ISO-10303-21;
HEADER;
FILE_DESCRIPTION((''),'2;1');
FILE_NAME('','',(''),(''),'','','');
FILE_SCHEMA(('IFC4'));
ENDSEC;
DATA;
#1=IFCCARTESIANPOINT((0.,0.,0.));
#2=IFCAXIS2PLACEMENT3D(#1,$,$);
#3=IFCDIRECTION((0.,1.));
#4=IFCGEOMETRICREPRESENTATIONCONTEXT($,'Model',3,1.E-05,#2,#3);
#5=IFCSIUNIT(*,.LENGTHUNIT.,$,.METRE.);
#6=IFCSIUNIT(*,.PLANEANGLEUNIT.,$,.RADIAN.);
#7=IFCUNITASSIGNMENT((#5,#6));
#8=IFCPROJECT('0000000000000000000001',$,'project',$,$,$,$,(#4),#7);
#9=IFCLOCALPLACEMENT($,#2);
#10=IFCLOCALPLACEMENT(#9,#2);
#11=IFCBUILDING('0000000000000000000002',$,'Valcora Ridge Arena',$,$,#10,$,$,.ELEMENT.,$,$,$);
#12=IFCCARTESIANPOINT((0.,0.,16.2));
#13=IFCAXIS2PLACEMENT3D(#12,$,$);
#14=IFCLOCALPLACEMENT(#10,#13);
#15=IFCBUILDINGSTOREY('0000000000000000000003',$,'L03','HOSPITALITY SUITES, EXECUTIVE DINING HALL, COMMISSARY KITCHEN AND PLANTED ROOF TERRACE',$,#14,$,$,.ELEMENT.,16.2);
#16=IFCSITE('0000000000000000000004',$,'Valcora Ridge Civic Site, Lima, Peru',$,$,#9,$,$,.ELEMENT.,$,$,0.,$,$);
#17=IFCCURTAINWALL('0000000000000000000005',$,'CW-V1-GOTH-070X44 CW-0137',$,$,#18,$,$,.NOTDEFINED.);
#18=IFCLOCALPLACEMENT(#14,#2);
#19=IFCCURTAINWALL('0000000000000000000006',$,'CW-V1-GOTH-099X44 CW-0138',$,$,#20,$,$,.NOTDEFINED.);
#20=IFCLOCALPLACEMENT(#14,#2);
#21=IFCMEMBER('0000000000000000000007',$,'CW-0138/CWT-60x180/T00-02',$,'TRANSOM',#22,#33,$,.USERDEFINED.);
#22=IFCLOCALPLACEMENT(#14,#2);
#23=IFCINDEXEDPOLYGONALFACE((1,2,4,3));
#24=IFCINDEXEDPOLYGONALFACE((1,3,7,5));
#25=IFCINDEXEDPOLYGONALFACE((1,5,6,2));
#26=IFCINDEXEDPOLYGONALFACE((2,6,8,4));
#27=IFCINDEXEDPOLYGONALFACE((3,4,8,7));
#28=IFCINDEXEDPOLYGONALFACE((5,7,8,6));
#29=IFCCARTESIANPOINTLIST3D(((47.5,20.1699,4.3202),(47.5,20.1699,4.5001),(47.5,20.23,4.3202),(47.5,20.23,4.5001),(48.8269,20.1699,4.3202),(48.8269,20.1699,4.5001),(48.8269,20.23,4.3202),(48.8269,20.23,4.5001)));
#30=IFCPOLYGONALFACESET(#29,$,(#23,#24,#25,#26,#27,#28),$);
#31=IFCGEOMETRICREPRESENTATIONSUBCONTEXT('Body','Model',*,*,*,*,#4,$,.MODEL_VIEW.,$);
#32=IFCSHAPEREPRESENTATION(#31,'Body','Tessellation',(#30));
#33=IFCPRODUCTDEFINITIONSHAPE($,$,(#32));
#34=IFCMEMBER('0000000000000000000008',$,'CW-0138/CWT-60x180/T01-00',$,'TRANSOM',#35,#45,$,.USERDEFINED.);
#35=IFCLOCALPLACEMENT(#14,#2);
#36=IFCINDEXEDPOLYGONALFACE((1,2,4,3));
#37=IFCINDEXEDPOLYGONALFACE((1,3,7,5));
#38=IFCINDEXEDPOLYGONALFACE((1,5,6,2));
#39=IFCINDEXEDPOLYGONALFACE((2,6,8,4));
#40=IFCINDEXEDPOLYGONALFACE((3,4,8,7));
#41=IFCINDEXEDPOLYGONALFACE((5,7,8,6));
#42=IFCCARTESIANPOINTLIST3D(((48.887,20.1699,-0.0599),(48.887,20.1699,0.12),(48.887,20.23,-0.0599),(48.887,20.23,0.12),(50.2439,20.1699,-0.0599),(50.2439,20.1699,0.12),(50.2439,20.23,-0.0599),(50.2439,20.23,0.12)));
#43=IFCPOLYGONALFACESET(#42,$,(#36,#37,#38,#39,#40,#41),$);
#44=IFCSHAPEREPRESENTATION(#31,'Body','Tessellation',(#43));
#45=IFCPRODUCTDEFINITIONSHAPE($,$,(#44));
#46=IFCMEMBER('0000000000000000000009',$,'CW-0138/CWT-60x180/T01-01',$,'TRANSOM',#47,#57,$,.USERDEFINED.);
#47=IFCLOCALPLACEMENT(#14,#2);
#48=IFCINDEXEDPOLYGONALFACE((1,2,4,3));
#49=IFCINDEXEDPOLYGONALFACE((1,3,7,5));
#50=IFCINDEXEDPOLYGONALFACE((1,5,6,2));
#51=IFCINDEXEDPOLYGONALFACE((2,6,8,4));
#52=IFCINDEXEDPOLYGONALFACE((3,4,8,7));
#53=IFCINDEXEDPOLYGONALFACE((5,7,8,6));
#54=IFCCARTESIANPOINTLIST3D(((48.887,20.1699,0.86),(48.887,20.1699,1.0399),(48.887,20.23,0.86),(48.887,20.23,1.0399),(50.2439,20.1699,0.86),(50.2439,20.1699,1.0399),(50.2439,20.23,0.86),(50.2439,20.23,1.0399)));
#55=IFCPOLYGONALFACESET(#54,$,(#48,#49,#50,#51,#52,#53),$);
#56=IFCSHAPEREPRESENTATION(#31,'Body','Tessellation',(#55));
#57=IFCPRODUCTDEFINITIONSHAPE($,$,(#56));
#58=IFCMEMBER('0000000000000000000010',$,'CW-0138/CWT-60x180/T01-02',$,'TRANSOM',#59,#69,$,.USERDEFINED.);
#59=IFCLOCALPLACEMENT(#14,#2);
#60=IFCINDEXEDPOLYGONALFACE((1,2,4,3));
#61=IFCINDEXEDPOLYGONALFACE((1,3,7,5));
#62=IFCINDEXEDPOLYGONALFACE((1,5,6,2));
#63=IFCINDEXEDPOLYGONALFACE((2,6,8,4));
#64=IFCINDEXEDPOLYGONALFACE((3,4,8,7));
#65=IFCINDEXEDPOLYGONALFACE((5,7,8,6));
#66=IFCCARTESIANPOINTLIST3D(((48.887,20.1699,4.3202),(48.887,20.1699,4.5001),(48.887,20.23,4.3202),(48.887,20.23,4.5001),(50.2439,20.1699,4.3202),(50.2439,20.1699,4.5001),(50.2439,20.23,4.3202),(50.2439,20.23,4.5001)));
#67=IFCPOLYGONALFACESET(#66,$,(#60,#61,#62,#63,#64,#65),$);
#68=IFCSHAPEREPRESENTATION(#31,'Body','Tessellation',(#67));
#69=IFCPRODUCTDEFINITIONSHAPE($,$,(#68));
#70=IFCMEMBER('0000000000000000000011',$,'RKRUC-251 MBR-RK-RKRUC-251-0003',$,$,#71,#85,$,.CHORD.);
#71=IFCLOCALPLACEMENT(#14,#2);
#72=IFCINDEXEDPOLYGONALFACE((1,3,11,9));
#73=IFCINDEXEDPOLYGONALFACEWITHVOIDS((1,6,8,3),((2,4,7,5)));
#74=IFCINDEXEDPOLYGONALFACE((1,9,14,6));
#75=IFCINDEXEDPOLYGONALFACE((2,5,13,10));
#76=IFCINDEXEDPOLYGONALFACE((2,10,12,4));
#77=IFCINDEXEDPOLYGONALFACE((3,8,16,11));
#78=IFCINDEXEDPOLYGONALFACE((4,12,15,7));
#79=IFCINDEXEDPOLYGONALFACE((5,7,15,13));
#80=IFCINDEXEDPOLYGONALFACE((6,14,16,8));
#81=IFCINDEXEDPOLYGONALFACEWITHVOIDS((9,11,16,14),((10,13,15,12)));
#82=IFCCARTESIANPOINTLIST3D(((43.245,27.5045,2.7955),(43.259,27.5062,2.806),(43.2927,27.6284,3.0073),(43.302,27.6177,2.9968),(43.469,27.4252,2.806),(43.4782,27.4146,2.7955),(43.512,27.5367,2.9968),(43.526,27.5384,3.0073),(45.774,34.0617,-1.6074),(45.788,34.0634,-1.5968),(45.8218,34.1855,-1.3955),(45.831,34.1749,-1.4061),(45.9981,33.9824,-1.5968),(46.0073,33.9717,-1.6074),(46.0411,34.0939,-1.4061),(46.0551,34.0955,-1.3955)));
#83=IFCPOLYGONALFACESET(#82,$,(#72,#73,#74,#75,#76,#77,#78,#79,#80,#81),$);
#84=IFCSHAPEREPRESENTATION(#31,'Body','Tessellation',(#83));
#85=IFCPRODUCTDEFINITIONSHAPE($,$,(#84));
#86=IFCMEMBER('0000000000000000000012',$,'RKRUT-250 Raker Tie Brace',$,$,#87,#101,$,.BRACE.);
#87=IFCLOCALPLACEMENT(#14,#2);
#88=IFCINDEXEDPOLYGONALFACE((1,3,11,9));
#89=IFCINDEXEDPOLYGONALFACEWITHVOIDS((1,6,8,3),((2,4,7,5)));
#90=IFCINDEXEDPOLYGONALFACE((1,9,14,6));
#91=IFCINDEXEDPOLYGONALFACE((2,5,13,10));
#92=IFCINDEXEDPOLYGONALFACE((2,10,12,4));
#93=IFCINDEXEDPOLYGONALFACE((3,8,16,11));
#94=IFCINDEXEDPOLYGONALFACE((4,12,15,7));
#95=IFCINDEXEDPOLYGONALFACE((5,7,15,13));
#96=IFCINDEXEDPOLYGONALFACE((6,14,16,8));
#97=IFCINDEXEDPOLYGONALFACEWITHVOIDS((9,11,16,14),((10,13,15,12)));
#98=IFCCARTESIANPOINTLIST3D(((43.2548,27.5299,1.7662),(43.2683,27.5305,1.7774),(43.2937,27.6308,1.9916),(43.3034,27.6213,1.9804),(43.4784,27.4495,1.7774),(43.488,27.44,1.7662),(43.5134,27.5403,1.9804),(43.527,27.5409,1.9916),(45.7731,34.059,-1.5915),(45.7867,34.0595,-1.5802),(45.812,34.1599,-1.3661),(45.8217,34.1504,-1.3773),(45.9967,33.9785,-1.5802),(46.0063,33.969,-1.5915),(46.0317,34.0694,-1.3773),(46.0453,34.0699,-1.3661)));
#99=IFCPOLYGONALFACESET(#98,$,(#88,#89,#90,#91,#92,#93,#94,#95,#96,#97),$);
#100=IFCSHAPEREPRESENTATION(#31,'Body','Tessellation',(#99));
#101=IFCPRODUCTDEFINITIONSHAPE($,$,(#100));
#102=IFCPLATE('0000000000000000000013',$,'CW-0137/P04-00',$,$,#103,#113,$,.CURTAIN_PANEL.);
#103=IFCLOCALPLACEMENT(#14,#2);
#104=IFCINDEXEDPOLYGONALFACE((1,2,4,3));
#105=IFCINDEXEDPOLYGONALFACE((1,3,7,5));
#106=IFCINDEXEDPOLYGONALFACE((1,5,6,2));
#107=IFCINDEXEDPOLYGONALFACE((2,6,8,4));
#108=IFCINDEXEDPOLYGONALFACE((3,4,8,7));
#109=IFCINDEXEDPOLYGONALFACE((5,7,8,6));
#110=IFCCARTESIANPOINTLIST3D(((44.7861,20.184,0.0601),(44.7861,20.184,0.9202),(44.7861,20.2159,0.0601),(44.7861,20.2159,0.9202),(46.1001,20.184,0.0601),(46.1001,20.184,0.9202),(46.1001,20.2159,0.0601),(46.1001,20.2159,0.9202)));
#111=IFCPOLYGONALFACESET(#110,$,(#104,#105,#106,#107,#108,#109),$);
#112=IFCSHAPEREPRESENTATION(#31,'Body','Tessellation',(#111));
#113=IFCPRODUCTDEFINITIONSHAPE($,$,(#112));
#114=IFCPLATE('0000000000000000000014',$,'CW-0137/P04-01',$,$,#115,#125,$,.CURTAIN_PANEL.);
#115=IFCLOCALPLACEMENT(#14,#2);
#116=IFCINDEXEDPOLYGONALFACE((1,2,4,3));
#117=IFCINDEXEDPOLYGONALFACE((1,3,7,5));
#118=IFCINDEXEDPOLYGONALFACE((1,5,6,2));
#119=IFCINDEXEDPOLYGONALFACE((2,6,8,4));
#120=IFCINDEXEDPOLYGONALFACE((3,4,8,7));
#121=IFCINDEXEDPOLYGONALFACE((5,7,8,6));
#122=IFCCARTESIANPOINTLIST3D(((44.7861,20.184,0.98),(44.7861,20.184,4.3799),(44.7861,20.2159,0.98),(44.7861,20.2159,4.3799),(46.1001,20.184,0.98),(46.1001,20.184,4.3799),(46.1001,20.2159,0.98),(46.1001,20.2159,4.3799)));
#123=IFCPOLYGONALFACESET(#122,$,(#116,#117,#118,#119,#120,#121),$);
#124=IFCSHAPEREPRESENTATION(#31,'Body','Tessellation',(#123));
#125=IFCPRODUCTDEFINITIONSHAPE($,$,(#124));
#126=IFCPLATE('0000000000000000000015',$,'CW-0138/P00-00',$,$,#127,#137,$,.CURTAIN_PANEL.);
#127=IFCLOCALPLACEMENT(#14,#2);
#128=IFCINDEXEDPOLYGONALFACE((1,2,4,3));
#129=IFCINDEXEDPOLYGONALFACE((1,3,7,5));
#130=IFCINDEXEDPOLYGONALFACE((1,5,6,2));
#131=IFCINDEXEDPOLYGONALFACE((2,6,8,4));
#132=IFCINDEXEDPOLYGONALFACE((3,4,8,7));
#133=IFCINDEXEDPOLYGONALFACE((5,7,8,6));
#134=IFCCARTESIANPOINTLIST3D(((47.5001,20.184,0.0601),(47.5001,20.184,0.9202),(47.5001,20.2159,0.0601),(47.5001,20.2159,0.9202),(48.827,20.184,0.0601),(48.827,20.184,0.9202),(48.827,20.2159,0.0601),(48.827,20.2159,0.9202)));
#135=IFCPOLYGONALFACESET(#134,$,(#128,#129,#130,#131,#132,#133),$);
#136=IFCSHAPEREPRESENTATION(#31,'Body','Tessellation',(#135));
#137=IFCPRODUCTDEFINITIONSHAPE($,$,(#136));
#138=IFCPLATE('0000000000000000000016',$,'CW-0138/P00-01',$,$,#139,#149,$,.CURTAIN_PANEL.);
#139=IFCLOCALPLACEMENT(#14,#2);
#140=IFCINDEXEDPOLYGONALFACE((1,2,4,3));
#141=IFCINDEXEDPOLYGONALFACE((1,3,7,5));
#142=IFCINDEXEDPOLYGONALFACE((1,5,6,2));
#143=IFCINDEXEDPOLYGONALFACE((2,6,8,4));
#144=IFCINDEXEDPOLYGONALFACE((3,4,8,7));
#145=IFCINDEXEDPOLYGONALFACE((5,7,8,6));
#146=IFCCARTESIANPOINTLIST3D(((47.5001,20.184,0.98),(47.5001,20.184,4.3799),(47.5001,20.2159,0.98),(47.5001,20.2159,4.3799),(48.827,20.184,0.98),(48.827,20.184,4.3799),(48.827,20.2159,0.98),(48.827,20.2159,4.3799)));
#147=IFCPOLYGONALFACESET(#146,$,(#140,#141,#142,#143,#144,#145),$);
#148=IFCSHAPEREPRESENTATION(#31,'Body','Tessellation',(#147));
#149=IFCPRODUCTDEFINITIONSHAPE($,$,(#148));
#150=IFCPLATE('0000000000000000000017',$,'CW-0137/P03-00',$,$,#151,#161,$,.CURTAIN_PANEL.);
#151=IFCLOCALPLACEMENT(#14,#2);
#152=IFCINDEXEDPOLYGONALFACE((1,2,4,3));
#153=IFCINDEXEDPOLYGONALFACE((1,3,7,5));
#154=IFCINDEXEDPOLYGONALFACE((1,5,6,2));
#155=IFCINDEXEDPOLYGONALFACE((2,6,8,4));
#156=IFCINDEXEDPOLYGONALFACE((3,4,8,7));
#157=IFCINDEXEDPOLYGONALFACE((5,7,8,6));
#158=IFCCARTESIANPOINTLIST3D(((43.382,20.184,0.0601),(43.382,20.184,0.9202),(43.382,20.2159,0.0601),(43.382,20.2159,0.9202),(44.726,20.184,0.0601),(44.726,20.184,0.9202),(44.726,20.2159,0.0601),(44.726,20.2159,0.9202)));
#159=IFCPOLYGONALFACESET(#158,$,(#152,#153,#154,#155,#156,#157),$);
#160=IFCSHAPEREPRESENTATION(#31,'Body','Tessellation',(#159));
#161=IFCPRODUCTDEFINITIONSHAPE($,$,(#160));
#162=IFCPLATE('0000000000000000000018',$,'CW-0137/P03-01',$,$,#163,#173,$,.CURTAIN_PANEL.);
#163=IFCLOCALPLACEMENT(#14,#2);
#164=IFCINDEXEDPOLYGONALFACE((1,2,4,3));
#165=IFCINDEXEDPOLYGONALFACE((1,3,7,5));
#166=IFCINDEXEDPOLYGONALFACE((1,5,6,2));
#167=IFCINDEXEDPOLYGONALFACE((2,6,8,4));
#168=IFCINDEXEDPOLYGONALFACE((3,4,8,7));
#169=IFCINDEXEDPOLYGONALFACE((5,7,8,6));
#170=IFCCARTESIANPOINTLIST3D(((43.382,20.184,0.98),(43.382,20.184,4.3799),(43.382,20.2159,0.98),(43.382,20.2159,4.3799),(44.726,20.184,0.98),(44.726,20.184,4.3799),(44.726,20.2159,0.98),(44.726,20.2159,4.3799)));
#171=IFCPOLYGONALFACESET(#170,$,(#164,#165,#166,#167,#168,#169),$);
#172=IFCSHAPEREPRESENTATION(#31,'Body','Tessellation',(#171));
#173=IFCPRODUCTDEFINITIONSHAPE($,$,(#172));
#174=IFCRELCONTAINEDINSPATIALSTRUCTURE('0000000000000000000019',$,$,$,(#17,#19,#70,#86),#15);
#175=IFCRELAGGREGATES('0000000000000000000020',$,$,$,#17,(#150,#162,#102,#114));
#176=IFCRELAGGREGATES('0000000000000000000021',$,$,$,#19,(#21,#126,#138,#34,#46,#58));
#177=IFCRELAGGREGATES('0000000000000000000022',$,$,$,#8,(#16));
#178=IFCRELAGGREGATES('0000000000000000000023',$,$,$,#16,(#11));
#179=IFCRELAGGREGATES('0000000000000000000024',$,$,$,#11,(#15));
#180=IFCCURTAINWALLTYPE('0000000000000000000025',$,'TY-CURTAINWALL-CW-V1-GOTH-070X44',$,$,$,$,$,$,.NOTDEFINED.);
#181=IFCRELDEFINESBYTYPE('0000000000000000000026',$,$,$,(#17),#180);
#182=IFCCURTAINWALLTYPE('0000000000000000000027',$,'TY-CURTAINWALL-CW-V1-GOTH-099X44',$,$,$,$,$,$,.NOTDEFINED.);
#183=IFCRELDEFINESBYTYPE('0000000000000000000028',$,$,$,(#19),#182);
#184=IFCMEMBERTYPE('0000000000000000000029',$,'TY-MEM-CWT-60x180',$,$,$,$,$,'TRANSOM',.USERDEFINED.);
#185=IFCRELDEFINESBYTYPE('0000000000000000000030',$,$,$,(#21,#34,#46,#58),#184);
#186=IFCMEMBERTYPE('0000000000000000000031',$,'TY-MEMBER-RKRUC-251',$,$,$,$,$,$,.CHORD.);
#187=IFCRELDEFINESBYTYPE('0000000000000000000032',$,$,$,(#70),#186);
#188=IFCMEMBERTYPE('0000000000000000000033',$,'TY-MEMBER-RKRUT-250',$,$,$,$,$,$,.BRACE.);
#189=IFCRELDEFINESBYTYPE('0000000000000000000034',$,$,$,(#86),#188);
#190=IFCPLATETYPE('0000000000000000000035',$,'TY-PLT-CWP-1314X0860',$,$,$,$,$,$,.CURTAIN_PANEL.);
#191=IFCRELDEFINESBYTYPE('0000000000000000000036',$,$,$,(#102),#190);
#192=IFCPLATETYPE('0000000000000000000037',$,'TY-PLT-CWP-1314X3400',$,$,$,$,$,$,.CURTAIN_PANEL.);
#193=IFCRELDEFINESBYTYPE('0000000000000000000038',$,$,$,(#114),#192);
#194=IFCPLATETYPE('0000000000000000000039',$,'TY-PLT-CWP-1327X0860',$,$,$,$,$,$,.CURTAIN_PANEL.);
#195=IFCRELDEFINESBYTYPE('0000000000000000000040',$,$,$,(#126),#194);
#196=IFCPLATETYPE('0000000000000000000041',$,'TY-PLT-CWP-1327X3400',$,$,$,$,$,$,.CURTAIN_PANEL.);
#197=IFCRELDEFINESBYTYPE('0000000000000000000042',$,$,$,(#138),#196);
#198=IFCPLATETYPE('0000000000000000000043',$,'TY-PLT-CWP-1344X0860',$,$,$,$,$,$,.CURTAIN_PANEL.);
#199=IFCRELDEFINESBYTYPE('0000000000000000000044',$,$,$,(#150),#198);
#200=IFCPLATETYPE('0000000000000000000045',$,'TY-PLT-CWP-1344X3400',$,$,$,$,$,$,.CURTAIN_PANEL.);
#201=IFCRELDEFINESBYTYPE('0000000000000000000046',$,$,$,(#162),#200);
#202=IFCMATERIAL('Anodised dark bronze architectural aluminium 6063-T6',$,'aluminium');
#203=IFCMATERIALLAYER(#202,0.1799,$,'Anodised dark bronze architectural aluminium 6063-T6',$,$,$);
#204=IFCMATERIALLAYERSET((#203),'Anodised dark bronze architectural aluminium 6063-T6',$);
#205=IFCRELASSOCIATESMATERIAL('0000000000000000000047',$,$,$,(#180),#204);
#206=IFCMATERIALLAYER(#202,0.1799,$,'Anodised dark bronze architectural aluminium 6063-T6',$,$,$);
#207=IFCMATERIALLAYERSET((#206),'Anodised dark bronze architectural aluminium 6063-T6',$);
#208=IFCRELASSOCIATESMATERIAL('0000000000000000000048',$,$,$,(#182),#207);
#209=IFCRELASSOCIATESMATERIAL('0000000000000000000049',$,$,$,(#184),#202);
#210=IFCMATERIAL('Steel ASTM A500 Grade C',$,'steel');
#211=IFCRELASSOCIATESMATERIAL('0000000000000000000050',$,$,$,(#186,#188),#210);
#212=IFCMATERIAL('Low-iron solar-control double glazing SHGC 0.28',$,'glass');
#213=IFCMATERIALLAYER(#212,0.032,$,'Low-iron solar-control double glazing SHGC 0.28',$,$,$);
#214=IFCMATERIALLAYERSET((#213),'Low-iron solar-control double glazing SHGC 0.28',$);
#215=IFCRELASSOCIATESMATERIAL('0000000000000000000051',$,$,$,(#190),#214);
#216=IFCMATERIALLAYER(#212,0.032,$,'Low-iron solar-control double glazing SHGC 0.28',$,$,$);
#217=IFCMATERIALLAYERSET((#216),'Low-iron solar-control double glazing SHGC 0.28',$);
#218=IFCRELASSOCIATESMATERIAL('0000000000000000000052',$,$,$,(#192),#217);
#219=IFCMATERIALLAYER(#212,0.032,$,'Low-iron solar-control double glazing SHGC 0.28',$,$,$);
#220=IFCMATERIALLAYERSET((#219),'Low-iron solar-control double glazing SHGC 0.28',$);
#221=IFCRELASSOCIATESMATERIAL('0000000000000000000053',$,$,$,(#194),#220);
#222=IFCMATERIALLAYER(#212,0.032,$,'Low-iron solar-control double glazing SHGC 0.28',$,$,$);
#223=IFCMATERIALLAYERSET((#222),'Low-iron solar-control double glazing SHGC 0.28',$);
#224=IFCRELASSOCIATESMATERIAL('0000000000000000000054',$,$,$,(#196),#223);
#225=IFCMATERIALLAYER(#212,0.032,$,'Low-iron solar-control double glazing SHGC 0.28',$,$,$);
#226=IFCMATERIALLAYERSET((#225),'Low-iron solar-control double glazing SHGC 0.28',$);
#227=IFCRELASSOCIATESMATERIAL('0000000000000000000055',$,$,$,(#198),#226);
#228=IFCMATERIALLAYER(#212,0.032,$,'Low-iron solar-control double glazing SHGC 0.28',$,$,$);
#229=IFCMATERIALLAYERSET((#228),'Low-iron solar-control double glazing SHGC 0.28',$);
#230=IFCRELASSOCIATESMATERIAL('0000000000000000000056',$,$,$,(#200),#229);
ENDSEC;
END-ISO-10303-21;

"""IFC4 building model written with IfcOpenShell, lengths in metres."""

from ifc_helpers import new_model, si_unit, direction, frame, origin, origin_2d, place, context, subcontext, project, spatial, rectangle, hollow_rectangle, extrude, material, layer, layer_set, material_profile, profile_set, type_object, element, aggregate, save


model = new_model("IFC4")

# Units and contexts
model_context = context("Model", 3, precision=1e-05, world=origin(), true_north=direction((0.0, 1.0)))
body_context = subcontext(model_context, "Body", "Model", "MODEL_VIEW")
ifc_project = project(units=[si_unit("LENGTHUNIT", "METRE"), si_unit("PLANEANGLEUNIT", "RADIAN")], contexts=[model_context])

# Site, building, storey
site_placement = place(None, origin())
site = spatial("IfcSite", under=ifc_project, at=site_placement, Name="Valcora Ridge Civic Site, Lima, Peru", CompositionType="ELEMENT", RefElevation=0.0)
building_placement = place(site_placement, origin())
building = spatial("IfcBuilding", under=site, at=building_placement, Name="Valcora Ridge Arena", CompositionType="ELEMENT")
storey_placement = place(building_placement, frame((0.0, 0.0, 16.2)))
storey = spatial("IfcBuildingStorey", under=building, at=storey_placement, Name="L03", Description="HOSPITALITY SUITES, EXECUTIVE DINING HALL, COMMISSARY KITCHEN AND PLANTED ROOF TERRACE", CompositionType="ELEMENT", Elevation=16.2)

# Curtain walls
ifc_material_1 = material(Name="Anodised dark bronze architectural aluminium 6063-T6", Category="aluminium")
ifc_layer_1 = layer(ifc_material_1, 0.1799, Name="Anodised dark bronze architectural aluminium 6063-T6")
ifc_layer_set_1 = layer_set([ifc_layer_1], Name="Anodised dark bronze architectural aluminium 6063-T6")
curtain_wall_type_1 = type_object("IfcCurtainWallType", Name="TY-CURTAINWALL-CW-V1-GOTH-070X44", PredefinedType="NOTDEFINED", material=ifc_layer_set_1)
curtain_wall_1_placement = place(storey_placement, origin())
curtain_wall_1 = element("IfcCurtainWall", 1, at=curtain_wall_1_placement, inside=storey, type_object=curtain_wall_type_1, Name="CW-V1-GOTH-070X44 CW-0137", PredefinedType="NOTDEFINED")
ifc_layer_2 = layer(ifc_material_1, 0.1799, Name="Anodised dark bronze architectural aluminium 6063-T6")
ifc_layer_set_2 = layer_set([ifc_layer_2], Name="Anodised dark bronze architectural aluminium 6063-T6")
curtain_wall_type_2 = type_object("IfcCurtainWallType", Name="TY-CURTAINWALL-CW-V1-GOTH-099X44", PredefinedType="NOTDEFINED", material=ifc_layer_set_2)
curtain_wall_2_placement = place(storey_placement, origin())
curtain_wall_2 = element("IfcCurtainWall", 2, at=curtain_wall_2_placement, inside=storey, type_object=curtain_wall_type_2, Name="CW-V1-GOTH-099X44 CW-0138", PredefinedType="NOTDEFINED")

# Members
ifc_material_profile_1 = material_profile(ifc_material_1, rectangle(XDim=0.0601, YDim=0.1799, at=origin_2d()), Name="ALU TRANSOM 60x180")
ifc_profile_set_1 = profile_set([ifc_material_profile_1], Name="Anodised dark bronze architectural aluminium 6063-T6")
member_type_1 = type_object("IfcMemberType", Name="TY-MEM-CWT-60x180", ElementType="TRANSOM", PredefinedType="USERDEFINED", material=ifc_profile_set_1)
member_1_placement = place(storey_placement, frame((47.5, 20.2, 4.4102), z_axis=(1.0, 0.0, 0.0), x_axis=(0.0, 1.0, 0.0)))
member_1 = element("IfcMember", 3, at=member_1_placement, type_object=member_type_1, Name="CW-0138/CWT-60x180/T00-02", ObjectType="TRANSOM", PredefinedType="USERDEFINED", context=body_context, shape_type="SweptSolid", body=[
    extrude(rectangle(XDim=0.0601, YDim=0.1799, at=origin_2d()), origin(), (0.0, 0.0, 1.0), 1.3269),
])
member_2_placement = place(storey_placement, frame((48.887, 20.2, 0.03), z_axis=(1.0, 0.0, 0.0), x_axis=(0.0, 1.0, 0.0)))
member_2 = element("IfcMember", 4, at=member_2_placement, type_object=member_type_1, Name="CW-0138/CWT-60x180/T01-00", ObjectType="TRANSOM", PredefinedType="USERDEFINED", context=body_context, shape_type="SweptSolid", body=[
    extrude(rectangle(XDim=0.0601, YDim=0.1799, at=origin_2d()), origin(), (0.0, 0.0, 1.0), 1.3569),
])
member_3_placement = place(storey_placement, frame((48.887, 20.2, 0.95), z_axis=(1.0, 0.0, 0.0), x_axis=(0.0, 1.0, 0.0)))
member_3 = element("IfcMember", 5, at=member_3_placement, type_object=member_type_1, Name="CW-0138/CWT-60x180/T01-01", ObjectType="TRANSOM", PredefinedType="USERDEFINED", context=body_context, shape_type="SweptSolid", body=[
    extrude(rectangle(XDim=0.0601, YDim=0.1799, at=origin_2d()), origin(), (0.0, 0.0, 1.0), 1.3569),
])
member_4_placement = place(storey_placement, frame((48.887, 20.2, 4.4102), z_axis=(1.0, 0.0, 0.0), x_axis=(0.0, 1.0, 0.0)))
member_4 = element("IfcMember", 6, at=member_4_placement, type_object=member_type_1, Name="CW-0138/CWT-60x180/T01-02", ObjectType="TRANSOM", PredefinedType="USERDEFINED", context=body_context, shape_type="SweptSolid", body=[
    extrude(rectangle(XDim=0.0601, YDim=0.1799, at=origin_2d()), origin(), (0.0, 0.0, 1.0), 1.3569),
])

# Members
ifc_material_2 = material(Name="Steel ASTM A500 Grade C", Category="steel")
ifc_material_profile_2 = material_profile(ifc_material_2, hollow_rectangle(XDim=0.25, YDim=0.25, WallThickness=0.0125, at=origin_2d()), Name="HSS250X250X12")
ifc_profile_set_2 = profile_set([ifc_material_profile_2], Name="Steel ASTM A500 Grade C")
member_type_2 = type_object("IfcMemberType", Name="TY-MEMBER-RKRUC-251", PredefinedType="CHORD", material=ifc_profile_set_2)
member_5_placement = place(storey_placement, frame((45.9146, 34.0786, -1.5015), z_axis=(-0.304955, -0.790664, 0.530897), x_axis=(0.933008, -0.359857, 0.0)))
element("IfcMember", 7, at=member_5_placement, inside=storey, type_object=member_type_2, Name="RKRUC-251 MBR-RK-RKRUC-251-0003", PredefinedType="CHORD", context=body_context, shape_type="SweptSolid", body=[
    extrude(hollow_rectangle(XDim=0.25, YDim=0.25, WallThickness=0.0125, at=origin_2d()), origin(), (0.0, 0.0, 1.0), 8.2932),
])
ifc_material_profile_3 = material_profile(ifc_material_2, hollow_rectangle(XDim=0.25, YDim=0.25, WallThickness=0.0125, at=origin_2d()), Name="HSS250X250X12")
ifc_profile_set_3 = profile_set([ifc_material_profile_3], Name="Steel ASTM A500 Grade C")
member_type_3 = type_object("IfcMemberType", Name="TY-MEMBER-RKRUT-250", PredefinedType="BRACE", material=ifc_profile_set_3)
member_6_placement = place(storey_placement, frame((45.9092, 34.0645, -1.4788), z_axis=(-0.324453, -0.841186, 0.432593), x_axis=(0.933003, -0.359867, 0.0)))
element("IfcMember", 8, at=member_6_placement, inside=storey, type_object=member_type_3, Name="RKRUT-250 Raker Tie Brace", PredefinedType="BRACE", context=body_context, shape_type="SweptSolid", body=[
    extrude(hollow_rectangle(XDim=0.25, YDim=0.25, WallThickness=0.0125, at=origin_2d()), origin(), (0.0, 0.0, 1.0), 7.7617),
])

# Plates
ifc_material_3 = material(Name="Low-iron solar-control double glazing SHGC 0.28", Category="glass")
ifc_layer_3 = layer(ifc_material_3, 0.032, Name="Low-iron solar-control double glazing SHGC 0.28")
ifc_layer_set_3 = layer_set([ifc_layer_3], Name="Low-iron solar-control double glazing SHGC 0.28")
plate_type_1 = type_object("IfcPlateType", Name="TY-PLT-CWP-1314X0860", PredefinedType="CURTAIN_PANEL", material=ifc_layer_set_3)
plate_1_placement = place(storey_placement, frame((45.4431, 20.2, 0.0601), z_axis=(0.0, 0.0, 1.0), x_axis=(1.0, 0.0, 0.0)))
plate_1 = element("IfcPlate", 9, at=plate_1_placement, type_object=plate_type_1, Name="CW-0137/P04-00", PredefinedType="CURTAIN_PANEL", context=body_context, shape_type="SweptSolid", body=[
    extrude(rectangle(XDim=1.314, YDim=0.032, at=origin_2d()), origin(), (0.0, 0.0, 1.0), 0.8601),
])
ifc_layer_4 = layer(ifc_material_3, 0.032, Name="Low-iron solar-control double glazing SHGC 0.28")
ifc_layer_set_4 = layer_set([ifc_layer_4], Name="Low-iron solar-control double glazing SHGC 0.28")
plate_type_2 = type_object("IfcPlateType", Name="TY-PLT-CWP-1314X3400", PredefinedType="CURTAIN_PANEL", material=ifc_layer_set_4)
plate_2_placement = place(storey_placement, frame((45.4431, 20.2, 0.98), z_axis=(0.0, 0.0, 1.0), x_axis=(1.0, 0.0, 0.0)))
plate_2 = element("IfcPlate", 10, at=plate_2_placement, type_object=plate_type_2, Name="CW-0137/P04-01", PredefinedType="CURTAIN_PANEL", context=body_context, shape_type="SweptSolid", body=[
    extrude(rectangle(XDim=1.314, YDim=0.032, at=origin_2d()), origin(), (0.0, 0.0, 1.0), 3.3999),
])
ifc_layer_5 = layer(ifc_material_3, 0.032, Name="Low-iron solar-control double glazing SHGC 0.28")
ifc_layer_set_5 = layer_set([ifc_layer_5], Name="Low-iron solar-control double glazing SHGC 0.28")
plate_type_3 = type_object("IfcPlateType", Name="TY-PLT-CWP-1327X0860", PredefinedType="CURTAIN_PANEL", material=ifc_layer_set_5)
plate_3_placement = place(storey_placement, frame((48.1636, 20.2, 0.0601), z_axis=(0.0, 0.0, 1.0), x_axis=(1.0, 0.0, 0.0)))
plate_3 = element("IfcPlate", 11, at=plate_3_placement, type_object=plate_type_3, Name="CW-0138/P00-00", PredefinedType="CURTAIN_PANEL", context=body_context, shape_type="SweptSolid", body=[
    extrude(rectangle(XDim=1.3269, YDim=0.032, at=origin_2d()), origin(), (0.0, 0.0, 1.0), 0.8601),
])
ifc_layer_6 = layer(ifc_material_3, 0.032, Name="Low-iron solar-control double glazing SHGC 0.28")
ifc_layer_set_6 = layer_set([ifc_layer_6], Name="Low-iron solar-control double glazing SHGC 0.28")
plate_type_4 = type_object("IfcPlateType", Name="TY-PLT-CWP-1327X3400", PredefinedType="CURTAIN_PANEL", material=ifc_layer_set_6)
plate_4_placement = place(storey_placement, frame((48.1636, 20.2, 0.98), z_axis=(0.0, 0.0, 1.0), x_axis=(1.0, 0.0, 0.0)))
plate_4 = element("IfcPlate", 12, at=plate_4_placement, type_object=plate_type_4, Name="CW-0138/P00-01", PredefinedType="CURTAIN_PANEL", context=body_context, shape_type="SweptSolid", body=[
    extrude(rectangle(XDim=1.3269, YDim=0.032, at=origin_2d()), origin(), (0.0, 0.0, 1.0), 3.3999),
])
ifc_layer_7 = layer(ifc_material_3, 0.032, Name="Low-iron solar-control double glazing SHGC 0.28")
ifc_layer_set_7 = layer_set([ifc_layer_7], Name="Low-iron solar-control double glazing SHGC 0.28")
plate_type_5 = type_object("IfcPlateType", Name="TY-PLT-CWP-1344X0860", PredefinedType="CURTAIN_PANEL", material=ifc_layer_set_7)
plate_5_placement = place(storey_placement, frame((44.054, 20.2, 0.0601), z_axis=(0.0, 0.0, 1.0), x_axis=(1.0, 0.0, 0.0)))
plate_5 = element("IfcPlate", 13, at=plate_5_placement, type_object=plate_type_5, Name="CW-0137/P03-00", PredefinedType="CURTAIN_PANEL", context=body_context, shape_type="SweptSolid", body=[
    extrude(rectangle(XDim=1.344, YDim=0.032, at=origin_2d()), origin(), (0.0, 0.0, 1.0), 0.8601),
])
ifc_layer_8 = layer(ifc_material_3, 0.032, Name="Low-iron solar-control double glazing SHGC 0.28")
ifc_layer_set_8 = layer_set([ifc_layer_8], Name="Low-iron solar-control double glazing SHGC 0.28")
plate_type_6 = type_object("IfcPlateType", Name="TY-PLT-CWP-1344X3400", PredefinedType="CURTAIN_PANEL", material=ifc_layer_set_8)
plate_6_placement = place(storey_placement, frame((44.054, 20.2, 0.98), z_axis=(0.0, 0.0, 1.0), x_axis=(1.0, 0.0, 0.0)))
plate_6 = element("IfcPlate", 14, at=plate_6_placement, type_object=plate_type_6, Name="CW-0137/P03-01", PredefinedType="CURTAIN_PANEL", context=body_context, shape_type="SweptSolid", body=[
    extrude(rectangle(XDim=1.344, YDim=0.032, at=origin_2d()), origin(), (0.0, 0.0, 1.0), 3.3999),
])
aggregate(curtain_wall_1, [plate_5, plate_6, plate_1, plate_2])
aggregate(curtain_wall_2, [member_1, plate_3, plate_4, member_2, member_3, member_4])

save(model, "model.ifc")
